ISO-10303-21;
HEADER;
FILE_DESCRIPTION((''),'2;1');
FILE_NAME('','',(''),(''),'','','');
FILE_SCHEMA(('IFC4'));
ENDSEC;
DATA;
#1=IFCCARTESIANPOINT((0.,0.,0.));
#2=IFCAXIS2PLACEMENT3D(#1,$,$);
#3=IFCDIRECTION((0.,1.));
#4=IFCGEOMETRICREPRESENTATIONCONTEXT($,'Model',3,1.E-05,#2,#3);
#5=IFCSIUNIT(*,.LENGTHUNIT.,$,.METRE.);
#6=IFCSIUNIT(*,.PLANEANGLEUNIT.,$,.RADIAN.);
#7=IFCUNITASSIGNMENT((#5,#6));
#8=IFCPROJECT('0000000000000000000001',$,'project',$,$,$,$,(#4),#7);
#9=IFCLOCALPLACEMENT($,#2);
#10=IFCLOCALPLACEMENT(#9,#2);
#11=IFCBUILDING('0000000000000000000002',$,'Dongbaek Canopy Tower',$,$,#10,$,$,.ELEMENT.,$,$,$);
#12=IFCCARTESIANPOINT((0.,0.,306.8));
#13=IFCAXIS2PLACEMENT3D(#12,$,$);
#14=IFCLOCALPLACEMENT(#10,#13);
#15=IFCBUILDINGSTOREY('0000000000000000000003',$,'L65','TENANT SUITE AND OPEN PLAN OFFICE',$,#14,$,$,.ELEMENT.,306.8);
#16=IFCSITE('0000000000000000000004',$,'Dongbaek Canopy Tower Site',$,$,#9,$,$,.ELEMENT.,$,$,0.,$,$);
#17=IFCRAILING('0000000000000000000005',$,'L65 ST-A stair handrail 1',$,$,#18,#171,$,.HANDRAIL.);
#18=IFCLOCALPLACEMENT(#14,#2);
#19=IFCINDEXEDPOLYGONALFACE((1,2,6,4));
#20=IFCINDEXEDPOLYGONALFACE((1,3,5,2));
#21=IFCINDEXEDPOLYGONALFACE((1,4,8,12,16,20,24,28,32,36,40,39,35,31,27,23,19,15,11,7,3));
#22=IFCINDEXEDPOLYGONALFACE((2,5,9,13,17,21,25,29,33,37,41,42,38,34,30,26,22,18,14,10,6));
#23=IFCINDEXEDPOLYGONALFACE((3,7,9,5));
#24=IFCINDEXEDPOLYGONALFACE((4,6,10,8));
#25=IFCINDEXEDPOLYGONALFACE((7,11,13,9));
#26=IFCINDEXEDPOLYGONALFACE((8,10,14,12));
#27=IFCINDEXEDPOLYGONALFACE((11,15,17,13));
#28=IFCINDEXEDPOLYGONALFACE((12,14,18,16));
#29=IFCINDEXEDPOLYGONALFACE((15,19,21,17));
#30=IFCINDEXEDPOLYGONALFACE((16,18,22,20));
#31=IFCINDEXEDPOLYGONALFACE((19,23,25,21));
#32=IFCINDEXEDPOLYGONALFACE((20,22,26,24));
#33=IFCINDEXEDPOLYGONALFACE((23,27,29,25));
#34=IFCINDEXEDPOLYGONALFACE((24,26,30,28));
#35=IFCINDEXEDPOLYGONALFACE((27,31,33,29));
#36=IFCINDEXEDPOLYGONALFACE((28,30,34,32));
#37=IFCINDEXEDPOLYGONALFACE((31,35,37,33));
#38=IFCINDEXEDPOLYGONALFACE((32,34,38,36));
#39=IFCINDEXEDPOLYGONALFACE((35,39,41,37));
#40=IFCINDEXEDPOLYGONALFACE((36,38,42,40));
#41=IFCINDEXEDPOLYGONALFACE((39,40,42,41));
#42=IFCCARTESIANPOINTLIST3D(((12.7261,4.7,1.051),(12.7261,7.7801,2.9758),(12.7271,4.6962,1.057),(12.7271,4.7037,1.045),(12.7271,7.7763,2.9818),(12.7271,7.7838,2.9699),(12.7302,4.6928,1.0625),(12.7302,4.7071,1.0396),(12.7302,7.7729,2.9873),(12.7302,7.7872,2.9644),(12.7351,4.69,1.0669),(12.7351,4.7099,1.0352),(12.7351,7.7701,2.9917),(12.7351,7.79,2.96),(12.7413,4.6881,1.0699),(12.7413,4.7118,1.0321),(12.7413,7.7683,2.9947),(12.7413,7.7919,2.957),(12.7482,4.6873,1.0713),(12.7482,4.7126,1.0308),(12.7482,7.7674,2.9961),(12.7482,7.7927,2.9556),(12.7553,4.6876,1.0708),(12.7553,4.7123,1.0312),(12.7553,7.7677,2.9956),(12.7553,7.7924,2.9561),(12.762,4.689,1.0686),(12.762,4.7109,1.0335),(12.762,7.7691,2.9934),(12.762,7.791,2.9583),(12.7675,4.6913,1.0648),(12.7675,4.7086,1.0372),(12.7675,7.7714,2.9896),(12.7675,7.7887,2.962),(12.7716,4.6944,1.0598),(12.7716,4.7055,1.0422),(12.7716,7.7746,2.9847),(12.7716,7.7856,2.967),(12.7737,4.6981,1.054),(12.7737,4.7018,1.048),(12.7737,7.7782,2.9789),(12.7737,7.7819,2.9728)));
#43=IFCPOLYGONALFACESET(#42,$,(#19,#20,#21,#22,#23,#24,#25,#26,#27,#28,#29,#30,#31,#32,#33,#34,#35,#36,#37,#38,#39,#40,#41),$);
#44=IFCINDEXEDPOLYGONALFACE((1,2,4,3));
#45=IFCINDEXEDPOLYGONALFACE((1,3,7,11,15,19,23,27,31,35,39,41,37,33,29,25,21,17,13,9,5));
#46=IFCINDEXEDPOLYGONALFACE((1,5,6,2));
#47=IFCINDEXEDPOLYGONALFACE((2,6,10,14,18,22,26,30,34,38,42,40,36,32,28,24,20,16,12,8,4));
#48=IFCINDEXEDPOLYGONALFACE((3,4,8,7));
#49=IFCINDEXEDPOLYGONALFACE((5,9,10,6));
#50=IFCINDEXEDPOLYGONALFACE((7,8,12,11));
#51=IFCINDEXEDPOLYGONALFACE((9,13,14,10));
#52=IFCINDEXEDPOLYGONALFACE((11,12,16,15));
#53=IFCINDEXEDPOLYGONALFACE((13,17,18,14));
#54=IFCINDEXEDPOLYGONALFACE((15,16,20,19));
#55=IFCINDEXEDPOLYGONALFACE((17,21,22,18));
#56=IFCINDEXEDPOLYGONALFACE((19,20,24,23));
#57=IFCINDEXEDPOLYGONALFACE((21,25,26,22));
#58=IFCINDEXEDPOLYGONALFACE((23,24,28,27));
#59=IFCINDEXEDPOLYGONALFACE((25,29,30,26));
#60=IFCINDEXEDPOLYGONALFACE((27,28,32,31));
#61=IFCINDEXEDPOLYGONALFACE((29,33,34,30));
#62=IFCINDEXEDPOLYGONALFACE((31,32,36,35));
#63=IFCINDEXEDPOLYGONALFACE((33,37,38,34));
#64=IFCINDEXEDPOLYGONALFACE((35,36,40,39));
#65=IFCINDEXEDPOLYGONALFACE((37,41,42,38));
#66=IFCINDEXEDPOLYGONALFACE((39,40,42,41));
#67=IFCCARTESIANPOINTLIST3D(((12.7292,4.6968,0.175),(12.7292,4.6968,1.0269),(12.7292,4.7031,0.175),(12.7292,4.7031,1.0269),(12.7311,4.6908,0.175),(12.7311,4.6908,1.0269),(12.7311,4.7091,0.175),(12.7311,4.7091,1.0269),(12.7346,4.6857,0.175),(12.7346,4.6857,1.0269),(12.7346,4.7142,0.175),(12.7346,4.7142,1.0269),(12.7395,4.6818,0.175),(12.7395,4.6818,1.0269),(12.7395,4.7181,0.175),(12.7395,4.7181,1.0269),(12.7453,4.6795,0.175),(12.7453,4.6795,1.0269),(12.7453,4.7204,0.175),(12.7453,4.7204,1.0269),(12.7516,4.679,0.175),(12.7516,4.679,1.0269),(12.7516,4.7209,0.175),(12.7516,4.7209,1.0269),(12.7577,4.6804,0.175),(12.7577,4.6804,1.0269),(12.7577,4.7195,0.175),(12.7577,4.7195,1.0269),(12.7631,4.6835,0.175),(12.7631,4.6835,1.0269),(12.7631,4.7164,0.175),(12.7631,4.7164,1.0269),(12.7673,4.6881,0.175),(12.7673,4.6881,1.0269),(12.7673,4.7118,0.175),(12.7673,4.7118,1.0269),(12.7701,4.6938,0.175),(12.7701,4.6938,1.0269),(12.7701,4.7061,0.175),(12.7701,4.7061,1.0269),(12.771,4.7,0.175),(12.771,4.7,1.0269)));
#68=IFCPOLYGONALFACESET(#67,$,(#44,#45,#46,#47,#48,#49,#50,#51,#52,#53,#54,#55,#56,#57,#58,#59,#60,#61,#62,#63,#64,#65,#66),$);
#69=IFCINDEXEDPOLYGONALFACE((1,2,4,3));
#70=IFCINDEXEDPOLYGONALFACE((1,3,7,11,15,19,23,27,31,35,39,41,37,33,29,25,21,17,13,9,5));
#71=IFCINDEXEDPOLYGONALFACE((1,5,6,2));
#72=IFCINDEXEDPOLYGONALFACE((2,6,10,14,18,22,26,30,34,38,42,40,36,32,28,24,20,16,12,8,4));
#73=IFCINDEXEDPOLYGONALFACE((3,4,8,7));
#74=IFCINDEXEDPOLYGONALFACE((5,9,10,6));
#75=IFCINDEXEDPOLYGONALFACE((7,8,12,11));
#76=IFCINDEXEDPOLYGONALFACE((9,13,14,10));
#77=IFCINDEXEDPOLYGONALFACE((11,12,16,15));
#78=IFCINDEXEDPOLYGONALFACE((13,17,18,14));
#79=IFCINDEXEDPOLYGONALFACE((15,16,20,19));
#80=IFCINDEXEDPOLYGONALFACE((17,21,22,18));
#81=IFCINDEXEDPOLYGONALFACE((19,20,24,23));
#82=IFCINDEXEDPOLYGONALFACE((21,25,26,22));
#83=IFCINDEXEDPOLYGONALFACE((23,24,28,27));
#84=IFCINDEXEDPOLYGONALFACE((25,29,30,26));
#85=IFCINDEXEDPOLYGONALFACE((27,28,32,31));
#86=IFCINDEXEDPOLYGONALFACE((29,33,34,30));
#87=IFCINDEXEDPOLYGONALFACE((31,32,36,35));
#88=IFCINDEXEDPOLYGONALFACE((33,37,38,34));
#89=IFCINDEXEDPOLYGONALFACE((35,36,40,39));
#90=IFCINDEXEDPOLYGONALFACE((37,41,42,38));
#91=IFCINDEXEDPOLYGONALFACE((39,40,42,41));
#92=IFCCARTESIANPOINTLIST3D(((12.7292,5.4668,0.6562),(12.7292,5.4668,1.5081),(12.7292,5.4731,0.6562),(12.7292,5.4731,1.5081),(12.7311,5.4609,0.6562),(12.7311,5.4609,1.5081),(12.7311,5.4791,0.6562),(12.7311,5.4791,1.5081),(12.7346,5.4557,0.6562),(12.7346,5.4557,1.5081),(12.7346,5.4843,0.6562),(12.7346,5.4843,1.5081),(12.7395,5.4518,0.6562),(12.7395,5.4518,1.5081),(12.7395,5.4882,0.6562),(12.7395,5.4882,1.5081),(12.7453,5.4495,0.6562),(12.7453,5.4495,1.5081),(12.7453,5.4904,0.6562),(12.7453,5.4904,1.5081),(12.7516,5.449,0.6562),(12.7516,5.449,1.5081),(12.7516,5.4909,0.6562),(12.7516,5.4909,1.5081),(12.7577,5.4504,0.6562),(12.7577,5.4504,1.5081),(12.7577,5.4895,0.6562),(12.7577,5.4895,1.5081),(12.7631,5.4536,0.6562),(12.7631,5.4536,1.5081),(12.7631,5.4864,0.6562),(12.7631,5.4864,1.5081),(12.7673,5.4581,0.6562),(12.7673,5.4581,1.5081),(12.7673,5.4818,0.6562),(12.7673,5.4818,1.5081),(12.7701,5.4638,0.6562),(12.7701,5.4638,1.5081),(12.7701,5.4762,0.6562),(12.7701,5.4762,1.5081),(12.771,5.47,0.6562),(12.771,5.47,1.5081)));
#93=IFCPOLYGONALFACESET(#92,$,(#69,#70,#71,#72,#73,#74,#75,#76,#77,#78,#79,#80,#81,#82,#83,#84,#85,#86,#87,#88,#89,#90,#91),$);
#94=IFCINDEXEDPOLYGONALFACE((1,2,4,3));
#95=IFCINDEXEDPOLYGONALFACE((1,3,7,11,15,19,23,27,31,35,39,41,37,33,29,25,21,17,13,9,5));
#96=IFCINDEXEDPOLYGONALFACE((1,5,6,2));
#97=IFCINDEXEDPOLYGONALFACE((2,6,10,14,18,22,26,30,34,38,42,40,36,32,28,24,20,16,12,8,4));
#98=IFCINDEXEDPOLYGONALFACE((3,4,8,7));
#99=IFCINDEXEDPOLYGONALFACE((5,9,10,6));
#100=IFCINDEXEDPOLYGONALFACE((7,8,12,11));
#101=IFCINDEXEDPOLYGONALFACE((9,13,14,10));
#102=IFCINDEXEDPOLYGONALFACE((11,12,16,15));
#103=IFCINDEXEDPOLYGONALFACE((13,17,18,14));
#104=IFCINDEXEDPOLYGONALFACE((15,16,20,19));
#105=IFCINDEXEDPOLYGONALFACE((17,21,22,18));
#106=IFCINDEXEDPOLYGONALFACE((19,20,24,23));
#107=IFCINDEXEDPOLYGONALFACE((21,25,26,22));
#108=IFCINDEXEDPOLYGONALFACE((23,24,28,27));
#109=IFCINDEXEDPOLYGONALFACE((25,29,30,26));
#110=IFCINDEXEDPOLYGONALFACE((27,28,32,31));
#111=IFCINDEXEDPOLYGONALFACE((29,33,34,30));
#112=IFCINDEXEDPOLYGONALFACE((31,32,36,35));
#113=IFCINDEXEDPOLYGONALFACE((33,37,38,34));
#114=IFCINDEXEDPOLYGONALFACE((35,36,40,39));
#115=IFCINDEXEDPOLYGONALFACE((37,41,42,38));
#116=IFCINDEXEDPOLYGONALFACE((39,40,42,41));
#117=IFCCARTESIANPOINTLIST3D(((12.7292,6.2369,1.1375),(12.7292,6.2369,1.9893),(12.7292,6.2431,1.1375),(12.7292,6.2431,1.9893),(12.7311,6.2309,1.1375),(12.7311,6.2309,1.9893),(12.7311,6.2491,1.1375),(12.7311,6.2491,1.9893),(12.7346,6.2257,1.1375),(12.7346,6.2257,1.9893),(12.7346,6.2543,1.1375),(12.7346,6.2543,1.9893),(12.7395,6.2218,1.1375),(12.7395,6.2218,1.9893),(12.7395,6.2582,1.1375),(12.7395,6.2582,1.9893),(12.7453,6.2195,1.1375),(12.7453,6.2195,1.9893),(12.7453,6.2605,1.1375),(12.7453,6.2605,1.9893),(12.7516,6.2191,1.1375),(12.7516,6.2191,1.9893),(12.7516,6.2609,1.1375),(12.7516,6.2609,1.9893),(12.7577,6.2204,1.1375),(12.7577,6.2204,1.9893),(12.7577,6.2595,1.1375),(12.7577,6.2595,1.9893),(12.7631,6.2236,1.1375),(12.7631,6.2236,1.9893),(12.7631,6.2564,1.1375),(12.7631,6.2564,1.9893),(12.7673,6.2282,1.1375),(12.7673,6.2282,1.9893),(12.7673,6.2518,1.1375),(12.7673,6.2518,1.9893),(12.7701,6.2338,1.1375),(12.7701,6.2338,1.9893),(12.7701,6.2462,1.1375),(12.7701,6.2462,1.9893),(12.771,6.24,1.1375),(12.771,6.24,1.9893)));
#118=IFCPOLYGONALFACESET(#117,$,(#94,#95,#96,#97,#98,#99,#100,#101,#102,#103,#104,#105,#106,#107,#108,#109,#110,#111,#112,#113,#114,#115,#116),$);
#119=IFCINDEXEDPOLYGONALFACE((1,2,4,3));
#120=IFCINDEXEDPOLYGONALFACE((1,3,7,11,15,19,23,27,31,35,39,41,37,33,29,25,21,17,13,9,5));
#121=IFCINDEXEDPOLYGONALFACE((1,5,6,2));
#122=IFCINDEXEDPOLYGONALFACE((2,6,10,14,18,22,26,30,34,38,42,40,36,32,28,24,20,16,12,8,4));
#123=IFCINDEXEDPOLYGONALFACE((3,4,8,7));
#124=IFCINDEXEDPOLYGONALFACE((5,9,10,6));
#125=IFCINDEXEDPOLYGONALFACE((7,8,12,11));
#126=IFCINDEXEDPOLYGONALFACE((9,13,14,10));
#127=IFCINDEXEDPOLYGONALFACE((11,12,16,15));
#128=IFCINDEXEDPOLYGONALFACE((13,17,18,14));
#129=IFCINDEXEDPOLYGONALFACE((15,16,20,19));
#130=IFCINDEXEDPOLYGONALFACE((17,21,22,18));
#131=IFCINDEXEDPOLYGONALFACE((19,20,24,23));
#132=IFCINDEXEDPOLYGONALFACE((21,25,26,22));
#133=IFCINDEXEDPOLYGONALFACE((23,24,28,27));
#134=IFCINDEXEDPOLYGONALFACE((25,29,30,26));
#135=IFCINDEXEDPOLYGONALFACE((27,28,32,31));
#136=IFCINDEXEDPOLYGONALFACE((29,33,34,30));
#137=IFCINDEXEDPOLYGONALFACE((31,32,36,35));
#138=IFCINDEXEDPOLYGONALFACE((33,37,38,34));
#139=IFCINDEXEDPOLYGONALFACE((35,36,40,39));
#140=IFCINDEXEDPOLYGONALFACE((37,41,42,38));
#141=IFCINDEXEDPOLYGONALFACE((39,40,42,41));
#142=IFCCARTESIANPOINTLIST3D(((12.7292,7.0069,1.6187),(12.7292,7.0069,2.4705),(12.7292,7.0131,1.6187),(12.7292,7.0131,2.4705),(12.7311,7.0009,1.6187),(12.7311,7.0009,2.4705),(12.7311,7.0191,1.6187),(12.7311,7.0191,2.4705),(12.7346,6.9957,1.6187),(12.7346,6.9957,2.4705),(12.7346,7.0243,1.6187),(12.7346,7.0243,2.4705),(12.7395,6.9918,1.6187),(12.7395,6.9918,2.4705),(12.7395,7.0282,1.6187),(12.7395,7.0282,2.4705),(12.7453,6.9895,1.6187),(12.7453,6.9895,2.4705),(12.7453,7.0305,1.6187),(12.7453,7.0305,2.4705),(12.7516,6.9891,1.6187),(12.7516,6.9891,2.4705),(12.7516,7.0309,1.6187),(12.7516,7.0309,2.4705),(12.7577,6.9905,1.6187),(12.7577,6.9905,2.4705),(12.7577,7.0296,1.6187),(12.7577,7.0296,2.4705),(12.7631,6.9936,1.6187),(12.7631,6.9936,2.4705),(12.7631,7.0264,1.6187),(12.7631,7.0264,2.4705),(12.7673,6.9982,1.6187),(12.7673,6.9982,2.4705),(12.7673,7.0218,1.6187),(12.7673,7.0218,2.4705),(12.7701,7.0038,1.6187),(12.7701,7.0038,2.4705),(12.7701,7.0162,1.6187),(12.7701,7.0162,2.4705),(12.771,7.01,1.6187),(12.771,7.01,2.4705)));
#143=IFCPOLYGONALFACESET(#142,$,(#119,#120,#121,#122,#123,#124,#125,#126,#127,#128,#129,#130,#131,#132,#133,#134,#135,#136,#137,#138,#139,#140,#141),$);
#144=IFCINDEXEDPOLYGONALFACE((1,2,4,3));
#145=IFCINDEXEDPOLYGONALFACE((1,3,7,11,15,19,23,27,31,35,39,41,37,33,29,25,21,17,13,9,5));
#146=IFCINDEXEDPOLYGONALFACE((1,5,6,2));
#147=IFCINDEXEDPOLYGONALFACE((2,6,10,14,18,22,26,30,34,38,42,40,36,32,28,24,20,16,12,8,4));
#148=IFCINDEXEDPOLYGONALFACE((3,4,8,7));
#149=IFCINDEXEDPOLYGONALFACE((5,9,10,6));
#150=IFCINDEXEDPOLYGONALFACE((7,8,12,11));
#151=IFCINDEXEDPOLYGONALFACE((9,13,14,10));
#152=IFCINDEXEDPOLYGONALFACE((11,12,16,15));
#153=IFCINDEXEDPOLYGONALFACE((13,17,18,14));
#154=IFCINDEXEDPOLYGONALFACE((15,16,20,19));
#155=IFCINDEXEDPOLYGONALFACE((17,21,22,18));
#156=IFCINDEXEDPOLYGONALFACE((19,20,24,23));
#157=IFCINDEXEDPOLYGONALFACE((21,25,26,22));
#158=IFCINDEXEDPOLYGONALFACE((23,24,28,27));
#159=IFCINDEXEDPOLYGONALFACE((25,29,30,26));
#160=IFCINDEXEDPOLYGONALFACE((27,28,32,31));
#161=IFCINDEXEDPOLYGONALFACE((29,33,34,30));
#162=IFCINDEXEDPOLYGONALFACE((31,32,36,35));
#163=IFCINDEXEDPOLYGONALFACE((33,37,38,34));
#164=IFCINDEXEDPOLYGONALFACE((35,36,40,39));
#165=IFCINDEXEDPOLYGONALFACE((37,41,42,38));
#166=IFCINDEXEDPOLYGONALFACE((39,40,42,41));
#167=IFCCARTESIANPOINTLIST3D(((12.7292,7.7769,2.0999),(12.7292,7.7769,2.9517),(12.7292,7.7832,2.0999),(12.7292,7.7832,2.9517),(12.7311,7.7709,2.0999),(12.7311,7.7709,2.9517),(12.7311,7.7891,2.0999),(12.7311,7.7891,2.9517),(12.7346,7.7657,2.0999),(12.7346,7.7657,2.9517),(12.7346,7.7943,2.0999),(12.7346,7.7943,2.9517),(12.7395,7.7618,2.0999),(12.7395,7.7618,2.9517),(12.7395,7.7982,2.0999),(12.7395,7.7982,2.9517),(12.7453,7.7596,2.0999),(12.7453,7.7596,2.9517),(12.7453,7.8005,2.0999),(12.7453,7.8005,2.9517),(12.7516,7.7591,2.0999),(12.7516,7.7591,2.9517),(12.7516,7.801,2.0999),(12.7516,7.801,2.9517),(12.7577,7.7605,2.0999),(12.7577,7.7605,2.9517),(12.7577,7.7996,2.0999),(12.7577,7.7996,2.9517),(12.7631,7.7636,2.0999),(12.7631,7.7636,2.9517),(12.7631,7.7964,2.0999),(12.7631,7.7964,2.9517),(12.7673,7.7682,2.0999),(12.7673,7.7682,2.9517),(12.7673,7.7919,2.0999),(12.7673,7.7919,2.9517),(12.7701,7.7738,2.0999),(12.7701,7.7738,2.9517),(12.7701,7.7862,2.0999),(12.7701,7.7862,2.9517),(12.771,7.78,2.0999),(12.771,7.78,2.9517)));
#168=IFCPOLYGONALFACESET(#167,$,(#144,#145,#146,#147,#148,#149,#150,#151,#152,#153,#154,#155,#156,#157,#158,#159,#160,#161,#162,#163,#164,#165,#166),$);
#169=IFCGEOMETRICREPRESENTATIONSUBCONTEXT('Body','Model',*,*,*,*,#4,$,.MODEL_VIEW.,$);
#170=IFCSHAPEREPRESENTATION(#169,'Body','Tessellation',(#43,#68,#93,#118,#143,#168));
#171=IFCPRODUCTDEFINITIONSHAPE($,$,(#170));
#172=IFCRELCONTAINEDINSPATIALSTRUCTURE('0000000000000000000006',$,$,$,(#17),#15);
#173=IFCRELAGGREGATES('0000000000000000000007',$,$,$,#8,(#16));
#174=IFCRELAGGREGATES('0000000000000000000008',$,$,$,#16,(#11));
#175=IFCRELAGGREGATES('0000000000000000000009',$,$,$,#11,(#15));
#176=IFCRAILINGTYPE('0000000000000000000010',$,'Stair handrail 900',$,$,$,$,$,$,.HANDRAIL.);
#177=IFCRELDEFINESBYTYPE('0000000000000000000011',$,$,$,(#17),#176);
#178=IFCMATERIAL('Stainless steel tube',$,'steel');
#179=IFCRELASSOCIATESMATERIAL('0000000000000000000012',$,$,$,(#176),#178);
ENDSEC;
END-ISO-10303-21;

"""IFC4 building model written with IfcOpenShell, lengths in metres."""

from ifc_helpers import new_model, si_unit, direction, frame, origin, origin_2d, place, context, subcontext, project, spatial, circle, extrude, material, type_object, element, save


model = new_model("IFC4")

# Units and contexts
model_context = context("Model", 3, precision=1e-05, world=origin(), true_north=direction((0.0, 1.0)))
body_context = subcontext(model_context, "Body", "Model", "MODEL_VIEW")
ifc_project = project(units=[si_unit("LENGTHUNIT", "METRE"), si_unit("PLANEANGLEUNIT", "RADIAN")], contexts=[model_context])

# Site, building, storey
site_placement = place(None, origin())
site = spatial("IfcSite", under=ifc_project, at=site_placement, Name="Dongbaek Canopy Tower Site", CompositionType="ELEMENT", RefElevation=0.0)
building_placement = place(site_placement, origin())
building = spatial("IfcBuilding", under=site, at=building_placement, Name="Dongbaek Canopy Tower", CompositionType="ELEMENT")
storey_placement = place(building_placement, frame((0.0, 0.0, 306.8)))
storey = spatial("IfcBuildingStorey", under=building, at=storey_placement, Name="L65", Description="TENANT SUITE AND OPEN PLAN OFFICE", CompositionType="ELEMENT", Elevation=306.8)

# Railing
ifc_material_1 = material(Name="Stainless steel tube", Category="steel")
railing_type_1 = type_object("IfcRailingType", Name="Stair handrail 900", PredefinedType="HANDRAIL", material=ifc_material_1)
railing_1_placement = place(storey_placement, frame((12.75, 4.7, 0.175)))
element("IfcRailing", 1, at=railing_1_placement, inside=storey, type_object=railing_type_1, Name="L65 ST-A stair handrail 1", PredefinedType="HANDRAIL", context=body_context, shape_type="SweptSolid", body=[
    extrude(circle(Radius=0.0239, at=origin_2d()), frame((0.0, 0.0, 0.876), z_axis=(0.0, 0.848029, 0.529951), x_axis=(-1.0, 0.0, 0.0)), (0.0, 0.0, 1.0), 3.6321),
    extrude(circle(Radius=0.021, at=origin_2d()), origin(), (0.0, 0.0, 1.0), 0.8518),
    extrude(circle(Radius=0.021, at=origin_2d()), frame((0.0, 0.77, 0.4812)), (0.0, 0.0, 1.0), 0.8518),
    extrude(circle(Radius=0.021, at=origin_2d()), frame((0.0, 1.54, 0.9624)), (0.0, 0.0, 1.0), 0.8518),
    extrude(circle(Radius=0.021, at=origin_2d()), frame((0.0, 2.3101, 1.4436)), (0.0, 0.0, 1.0), 0.8518),
    extrude(circle(Radius=0.021, at=origin_2d()), frame((0.0, 3.0801, 1.9248)), (0.0, 0.0, 1.0), 0.8518),
])

save(model, "model.ifc")
